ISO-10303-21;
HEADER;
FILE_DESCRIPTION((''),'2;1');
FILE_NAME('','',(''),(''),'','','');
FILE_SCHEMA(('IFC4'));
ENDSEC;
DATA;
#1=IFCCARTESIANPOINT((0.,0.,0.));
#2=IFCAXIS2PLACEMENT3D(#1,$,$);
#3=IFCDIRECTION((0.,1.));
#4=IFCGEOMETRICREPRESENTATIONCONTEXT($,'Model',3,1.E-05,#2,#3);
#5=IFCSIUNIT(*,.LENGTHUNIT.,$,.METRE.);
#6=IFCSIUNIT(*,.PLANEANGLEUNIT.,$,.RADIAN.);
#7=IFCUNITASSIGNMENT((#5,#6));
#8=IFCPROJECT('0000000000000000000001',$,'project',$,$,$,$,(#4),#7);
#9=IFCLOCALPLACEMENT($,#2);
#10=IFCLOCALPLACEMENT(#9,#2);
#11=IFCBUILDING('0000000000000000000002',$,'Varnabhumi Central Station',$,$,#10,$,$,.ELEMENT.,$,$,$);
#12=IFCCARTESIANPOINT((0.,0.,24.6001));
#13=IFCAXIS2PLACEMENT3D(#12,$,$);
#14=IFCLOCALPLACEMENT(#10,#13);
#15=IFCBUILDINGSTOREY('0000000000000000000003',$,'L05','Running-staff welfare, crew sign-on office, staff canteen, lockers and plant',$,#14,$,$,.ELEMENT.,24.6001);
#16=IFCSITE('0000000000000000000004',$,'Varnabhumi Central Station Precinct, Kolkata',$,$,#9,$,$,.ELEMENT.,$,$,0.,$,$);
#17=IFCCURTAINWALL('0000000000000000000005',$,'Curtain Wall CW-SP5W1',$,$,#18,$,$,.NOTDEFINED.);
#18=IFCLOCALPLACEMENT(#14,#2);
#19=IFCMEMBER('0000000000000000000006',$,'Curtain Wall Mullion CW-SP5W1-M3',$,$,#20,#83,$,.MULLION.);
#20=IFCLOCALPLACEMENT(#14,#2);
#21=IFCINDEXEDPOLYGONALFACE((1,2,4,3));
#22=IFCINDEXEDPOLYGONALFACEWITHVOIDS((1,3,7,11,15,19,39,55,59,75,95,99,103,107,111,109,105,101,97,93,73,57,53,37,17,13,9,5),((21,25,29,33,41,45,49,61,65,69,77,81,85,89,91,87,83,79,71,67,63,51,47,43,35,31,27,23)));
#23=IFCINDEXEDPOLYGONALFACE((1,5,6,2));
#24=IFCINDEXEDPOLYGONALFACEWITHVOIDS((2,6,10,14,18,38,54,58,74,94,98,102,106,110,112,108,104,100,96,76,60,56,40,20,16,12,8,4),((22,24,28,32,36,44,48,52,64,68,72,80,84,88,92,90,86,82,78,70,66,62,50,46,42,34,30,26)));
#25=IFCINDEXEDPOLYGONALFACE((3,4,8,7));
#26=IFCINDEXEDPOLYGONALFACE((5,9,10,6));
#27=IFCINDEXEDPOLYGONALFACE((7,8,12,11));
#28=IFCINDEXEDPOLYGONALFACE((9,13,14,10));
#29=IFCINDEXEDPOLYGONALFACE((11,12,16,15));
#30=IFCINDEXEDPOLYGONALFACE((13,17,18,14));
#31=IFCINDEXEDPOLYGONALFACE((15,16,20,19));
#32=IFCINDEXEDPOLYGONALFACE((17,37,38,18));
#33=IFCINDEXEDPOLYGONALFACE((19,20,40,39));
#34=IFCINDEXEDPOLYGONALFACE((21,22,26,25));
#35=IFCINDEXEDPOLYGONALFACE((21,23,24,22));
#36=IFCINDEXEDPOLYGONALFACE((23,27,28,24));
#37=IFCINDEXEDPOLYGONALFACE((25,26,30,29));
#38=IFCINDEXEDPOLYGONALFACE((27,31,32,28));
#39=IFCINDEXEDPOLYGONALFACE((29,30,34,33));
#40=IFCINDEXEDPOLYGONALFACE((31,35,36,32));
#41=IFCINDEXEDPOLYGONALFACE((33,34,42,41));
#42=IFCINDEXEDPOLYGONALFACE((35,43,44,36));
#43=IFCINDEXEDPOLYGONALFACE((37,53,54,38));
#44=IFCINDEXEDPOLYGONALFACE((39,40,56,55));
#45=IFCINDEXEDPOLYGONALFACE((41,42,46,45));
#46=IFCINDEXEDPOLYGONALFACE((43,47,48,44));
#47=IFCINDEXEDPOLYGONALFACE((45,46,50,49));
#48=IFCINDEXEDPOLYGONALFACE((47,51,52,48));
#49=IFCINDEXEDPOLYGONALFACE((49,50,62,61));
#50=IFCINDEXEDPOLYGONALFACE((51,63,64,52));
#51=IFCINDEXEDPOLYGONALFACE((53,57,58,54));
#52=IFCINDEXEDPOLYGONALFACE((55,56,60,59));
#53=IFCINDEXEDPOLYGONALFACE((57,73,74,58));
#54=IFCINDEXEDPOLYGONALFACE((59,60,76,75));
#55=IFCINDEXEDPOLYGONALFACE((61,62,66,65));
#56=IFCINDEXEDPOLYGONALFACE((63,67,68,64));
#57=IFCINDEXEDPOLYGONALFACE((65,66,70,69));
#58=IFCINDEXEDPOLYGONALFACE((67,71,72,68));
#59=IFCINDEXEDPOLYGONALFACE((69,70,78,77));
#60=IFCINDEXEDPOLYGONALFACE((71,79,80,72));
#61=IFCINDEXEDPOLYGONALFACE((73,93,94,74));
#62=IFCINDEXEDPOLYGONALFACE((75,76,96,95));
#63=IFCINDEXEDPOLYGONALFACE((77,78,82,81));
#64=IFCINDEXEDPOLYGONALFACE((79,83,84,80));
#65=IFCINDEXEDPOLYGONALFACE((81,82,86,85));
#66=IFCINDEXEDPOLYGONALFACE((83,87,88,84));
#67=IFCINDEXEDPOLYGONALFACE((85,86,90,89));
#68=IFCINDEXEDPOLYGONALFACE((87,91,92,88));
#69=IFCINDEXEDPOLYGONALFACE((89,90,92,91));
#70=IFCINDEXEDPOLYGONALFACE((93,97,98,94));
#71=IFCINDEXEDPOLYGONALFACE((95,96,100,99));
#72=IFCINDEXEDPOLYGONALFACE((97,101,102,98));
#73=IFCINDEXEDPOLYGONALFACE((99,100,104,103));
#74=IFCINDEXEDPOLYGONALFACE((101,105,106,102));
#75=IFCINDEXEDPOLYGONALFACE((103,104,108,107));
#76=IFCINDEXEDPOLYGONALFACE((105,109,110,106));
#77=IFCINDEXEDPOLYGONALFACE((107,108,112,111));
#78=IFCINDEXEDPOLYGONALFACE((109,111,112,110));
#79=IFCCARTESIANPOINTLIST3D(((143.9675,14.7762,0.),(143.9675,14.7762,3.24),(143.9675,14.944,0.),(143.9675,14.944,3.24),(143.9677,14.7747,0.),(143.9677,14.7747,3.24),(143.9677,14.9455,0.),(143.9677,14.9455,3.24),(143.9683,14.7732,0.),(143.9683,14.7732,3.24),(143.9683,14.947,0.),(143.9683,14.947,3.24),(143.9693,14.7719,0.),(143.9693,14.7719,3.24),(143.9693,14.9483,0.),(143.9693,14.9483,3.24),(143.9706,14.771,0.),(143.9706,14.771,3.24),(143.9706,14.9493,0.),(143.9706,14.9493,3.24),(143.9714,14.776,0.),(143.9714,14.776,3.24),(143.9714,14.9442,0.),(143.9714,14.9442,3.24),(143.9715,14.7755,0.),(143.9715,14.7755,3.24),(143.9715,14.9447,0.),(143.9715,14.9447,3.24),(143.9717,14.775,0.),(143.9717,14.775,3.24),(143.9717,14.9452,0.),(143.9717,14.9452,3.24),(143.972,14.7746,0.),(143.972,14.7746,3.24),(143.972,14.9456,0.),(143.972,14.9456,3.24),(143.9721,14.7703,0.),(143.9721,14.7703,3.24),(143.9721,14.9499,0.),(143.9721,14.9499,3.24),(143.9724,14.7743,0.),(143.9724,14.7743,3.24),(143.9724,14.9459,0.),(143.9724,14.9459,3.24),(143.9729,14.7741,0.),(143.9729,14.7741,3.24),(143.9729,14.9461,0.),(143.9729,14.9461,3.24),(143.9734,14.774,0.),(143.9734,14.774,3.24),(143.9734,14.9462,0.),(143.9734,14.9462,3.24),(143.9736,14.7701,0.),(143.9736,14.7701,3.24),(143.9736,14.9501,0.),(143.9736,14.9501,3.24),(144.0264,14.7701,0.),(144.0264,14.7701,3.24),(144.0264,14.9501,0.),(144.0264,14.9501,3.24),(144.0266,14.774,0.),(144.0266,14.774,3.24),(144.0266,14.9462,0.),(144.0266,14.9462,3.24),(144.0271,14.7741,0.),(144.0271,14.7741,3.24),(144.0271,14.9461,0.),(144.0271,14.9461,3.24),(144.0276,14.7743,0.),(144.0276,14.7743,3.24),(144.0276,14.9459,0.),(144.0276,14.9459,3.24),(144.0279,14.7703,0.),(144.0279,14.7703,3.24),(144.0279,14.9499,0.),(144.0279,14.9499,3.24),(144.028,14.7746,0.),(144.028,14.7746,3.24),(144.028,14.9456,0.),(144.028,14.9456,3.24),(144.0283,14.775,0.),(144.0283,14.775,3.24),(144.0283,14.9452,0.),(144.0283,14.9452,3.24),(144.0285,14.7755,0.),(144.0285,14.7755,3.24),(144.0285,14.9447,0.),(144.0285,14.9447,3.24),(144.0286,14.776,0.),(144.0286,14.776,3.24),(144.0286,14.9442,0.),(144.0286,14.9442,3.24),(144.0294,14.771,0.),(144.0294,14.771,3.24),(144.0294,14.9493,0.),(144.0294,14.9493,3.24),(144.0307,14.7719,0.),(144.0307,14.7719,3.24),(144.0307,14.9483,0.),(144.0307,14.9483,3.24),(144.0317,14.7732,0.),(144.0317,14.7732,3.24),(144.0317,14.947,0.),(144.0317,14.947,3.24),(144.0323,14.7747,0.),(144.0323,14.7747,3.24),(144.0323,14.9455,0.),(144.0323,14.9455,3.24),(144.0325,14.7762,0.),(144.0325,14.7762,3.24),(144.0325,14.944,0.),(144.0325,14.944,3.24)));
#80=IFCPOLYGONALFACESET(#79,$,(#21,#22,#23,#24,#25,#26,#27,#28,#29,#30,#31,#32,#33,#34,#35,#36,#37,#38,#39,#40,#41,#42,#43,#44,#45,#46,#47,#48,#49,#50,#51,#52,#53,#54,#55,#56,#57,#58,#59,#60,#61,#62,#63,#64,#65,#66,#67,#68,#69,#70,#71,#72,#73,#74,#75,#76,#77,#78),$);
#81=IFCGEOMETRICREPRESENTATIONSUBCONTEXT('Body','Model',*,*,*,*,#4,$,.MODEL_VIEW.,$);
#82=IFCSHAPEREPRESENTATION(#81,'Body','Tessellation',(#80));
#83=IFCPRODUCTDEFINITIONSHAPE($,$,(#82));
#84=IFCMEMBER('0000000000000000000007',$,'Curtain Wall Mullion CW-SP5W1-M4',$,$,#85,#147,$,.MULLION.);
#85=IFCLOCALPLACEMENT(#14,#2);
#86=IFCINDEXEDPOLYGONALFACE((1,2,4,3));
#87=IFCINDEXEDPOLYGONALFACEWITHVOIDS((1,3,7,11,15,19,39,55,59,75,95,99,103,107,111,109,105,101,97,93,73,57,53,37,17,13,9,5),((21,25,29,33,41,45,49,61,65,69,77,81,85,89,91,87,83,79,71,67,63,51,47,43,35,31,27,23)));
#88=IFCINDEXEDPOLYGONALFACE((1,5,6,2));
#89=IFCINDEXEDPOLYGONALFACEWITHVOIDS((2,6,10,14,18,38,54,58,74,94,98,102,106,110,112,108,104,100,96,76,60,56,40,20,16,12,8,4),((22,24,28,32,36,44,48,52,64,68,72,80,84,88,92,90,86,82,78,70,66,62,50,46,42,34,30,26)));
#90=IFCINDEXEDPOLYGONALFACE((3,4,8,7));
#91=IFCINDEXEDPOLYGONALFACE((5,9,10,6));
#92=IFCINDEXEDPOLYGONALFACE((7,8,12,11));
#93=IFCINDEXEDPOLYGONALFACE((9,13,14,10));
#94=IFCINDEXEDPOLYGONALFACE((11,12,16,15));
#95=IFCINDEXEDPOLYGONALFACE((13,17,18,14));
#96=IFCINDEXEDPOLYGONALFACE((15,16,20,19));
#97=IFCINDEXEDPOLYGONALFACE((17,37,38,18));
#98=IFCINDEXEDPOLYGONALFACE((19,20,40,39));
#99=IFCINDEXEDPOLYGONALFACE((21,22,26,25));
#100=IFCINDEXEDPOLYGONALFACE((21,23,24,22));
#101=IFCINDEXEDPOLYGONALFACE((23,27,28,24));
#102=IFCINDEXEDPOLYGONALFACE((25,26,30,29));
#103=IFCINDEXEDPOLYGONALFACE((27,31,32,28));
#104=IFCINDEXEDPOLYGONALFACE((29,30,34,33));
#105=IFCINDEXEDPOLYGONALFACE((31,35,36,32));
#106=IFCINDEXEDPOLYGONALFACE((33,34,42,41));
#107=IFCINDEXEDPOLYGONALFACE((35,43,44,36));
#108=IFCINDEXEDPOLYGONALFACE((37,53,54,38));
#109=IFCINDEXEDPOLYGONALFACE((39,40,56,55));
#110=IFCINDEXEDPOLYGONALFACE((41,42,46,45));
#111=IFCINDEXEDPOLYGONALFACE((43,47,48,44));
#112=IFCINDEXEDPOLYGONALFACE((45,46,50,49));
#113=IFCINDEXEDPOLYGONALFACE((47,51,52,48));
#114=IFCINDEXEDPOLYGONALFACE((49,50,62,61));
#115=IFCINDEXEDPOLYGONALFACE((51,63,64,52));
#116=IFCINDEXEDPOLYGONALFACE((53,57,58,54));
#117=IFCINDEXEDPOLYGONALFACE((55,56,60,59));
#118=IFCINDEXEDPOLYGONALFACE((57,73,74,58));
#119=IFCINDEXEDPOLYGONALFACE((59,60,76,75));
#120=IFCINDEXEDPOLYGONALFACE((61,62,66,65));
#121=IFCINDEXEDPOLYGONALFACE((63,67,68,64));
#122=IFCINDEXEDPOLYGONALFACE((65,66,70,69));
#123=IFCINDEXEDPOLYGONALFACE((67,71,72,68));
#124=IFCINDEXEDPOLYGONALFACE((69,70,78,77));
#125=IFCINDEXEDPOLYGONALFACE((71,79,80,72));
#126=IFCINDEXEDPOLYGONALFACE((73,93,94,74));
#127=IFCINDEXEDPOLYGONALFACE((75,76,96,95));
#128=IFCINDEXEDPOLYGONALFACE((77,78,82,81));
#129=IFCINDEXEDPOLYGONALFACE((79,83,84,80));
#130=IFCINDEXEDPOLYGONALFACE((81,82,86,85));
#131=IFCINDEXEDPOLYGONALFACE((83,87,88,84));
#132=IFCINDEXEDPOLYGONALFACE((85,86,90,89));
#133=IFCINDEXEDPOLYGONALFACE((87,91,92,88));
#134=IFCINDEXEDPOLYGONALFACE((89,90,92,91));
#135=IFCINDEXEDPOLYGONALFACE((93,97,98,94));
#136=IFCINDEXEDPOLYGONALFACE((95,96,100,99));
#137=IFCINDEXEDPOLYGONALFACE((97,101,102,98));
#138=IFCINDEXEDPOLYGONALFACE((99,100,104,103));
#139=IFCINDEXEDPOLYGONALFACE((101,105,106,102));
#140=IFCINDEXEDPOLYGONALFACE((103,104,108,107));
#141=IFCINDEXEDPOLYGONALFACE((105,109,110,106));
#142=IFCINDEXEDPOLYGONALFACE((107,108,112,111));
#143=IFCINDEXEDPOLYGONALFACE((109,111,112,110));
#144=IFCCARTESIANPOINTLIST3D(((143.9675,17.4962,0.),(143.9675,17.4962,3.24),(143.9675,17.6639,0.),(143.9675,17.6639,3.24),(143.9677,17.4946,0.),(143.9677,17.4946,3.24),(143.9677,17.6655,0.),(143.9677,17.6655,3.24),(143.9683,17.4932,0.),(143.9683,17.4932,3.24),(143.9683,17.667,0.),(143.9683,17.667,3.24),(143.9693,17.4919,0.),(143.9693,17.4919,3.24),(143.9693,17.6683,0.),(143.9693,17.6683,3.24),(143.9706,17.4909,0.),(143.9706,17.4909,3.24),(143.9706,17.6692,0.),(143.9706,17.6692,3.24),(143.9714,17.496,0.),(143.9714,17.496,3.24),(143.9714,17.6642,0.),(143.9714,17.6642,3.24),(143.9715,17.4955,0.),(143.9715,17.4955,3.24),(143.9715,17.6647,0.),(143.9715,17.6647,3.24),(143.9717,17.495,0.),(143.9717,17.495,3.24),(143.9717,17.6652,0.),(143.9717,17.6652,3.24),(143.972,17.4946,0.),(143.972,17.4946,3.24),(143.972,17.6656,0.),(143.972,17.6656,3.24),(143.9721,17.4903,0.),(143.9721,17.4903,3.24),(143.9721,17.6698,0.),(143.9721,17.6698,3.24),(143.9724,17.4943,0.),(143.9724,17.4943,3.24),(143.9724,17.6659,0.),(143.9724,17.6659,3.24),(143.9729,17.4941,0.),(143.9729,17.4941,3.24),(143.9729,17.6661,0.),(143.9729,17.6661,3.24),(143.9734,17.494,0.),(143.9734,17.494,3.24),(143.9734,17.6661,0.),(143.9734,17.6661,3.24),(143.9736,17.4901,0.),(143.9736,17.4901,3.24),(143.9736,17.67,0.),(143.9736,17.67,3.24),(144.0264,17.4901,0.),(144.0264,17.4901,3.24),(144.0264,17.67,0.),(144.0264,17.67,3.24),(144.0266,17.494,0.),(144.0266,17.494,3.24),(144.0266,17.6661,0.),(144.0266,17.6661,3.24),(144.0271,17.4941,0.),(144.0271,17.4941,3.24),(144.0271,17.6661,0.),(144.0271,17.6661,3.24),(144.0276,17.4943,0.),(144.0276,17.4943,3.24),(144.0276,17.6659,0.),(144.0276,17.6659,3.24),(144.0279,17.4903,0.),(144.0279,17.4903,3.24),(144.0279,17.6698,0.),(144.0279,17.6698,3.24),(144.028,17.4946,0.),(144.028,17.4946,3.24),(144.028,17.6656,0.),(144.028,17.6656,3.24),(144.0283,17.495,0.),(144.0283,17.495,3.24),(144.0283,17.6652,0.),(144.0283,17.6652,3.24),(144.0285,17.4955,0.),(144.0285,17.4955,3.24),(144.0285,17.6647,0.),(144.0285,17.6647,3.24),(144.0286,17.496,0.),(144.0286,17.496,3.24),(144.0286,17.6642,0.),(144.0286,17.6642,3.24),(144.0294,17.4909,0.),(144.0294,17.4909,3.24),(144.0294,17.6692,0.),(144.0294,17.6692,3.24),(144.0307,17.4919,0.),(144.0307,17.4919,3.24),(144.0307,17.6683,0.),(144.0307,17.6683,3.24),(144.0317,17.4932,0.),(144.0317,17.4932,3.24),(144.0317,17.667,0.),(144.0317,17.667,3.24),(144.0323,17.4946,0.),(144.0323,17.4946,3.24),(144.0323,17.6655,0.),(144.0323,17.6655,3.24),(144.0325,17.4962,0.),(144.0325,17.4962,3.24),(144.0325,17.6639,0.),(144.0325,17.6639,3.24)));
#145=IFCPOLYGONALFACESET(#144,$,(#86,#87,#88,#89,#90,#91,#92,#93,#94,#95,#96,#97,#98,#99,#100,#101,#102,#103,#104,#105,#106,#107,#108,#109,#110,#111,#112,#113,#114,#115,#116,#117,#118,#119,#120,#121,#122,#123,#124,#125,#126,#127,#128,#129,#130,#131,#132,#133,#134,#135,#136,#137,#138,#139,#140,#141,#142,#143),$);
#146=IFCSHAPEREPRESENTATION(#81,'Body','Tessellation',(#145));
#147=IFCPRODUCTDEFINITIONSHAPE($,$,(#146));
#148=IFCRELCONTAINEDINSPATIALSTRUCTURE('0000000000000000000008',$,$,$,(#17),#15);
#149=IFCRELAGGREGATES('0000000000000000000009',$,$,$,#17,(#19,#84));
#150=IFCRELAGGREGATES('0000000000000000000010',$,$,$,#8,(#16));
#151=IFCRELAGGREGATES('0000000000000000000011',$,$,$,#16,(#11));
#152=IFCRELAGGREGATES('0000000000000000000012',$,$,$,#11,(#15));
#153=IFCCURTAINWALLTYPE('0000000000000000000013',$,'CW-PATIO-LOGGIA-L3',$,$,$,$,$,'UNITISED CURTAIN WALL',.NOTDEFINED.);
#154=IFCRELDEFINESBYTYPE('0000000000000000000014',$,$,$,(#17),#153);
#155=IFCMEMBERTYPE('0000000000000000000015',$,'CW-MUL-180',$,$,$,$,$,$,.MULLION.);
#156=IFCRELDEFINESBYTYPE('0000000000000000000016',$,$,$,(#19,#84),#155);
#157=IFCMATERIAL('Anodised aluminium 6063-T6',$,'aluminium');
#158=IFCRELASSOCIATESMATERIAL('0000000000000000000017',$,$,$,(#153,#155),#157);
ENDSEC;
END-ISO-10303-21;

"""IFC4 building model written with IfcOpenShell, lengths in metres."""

from ifc_helpers import new_model, si_unit, direction, frame, origin, origin_2d, place, context, subcontext, project, spatial, hollow_rectangle, extrude, material, material_profile, profile_set, type_object, element, aggregate, save


model = new_model("IFC4")

# Units and contexts
model_context = context("Model", 3, precision=1e-05, world=origin(), true_north=direction((0.0, 1.0)))
body_context = subcontext(model_context, "Body", "Model", "MODEL_VIEW")
ifc_project = project(units=[si_unit("LENGTHUNIT", "METRE"), si_unit("PLANEANGLEUNIT", "RADIAN")], contexts=[model_context])

# Site, building, storey
site_placement = place(None, origin())
site = spatial("IfcSite", under=ifc_project, at=site_placement, Name="Varnabhumi Central Station Precinct, Kolkata", CompositionType="ELEMENT", RefElevation=0.0)
building_placement = place(site_placement, origin())
building = spatial("IfcBuilding", under=site, at=building_placement, Name="Varnabhumi Central Station", CompositionType="ELEMENT")
storey_placement = place(building_placement, frame((0.0, 0.0, 24.6001)))
storey = spatial("IfcBuildingStorey", under=building, at=storey_placement, Name="L05", Description="Running-staff welfare, crew sign-on office, staff canteen, lockers and plant", CompositionType="ELEMENT", Elevation=24.6001)

# Curtain wall, members
ifc_material_1 = material(Name="Anodised aluminium 6063-T6", Category="aluminium")
curtain_wall_type = type_object("IfcCurtainWallType", Name="CW-PATIO-LOGGIA-L3", ElementType="UNITISED CURTAIN WALL", PredefinedType="NOTDEFINED", material=ifc_material_1)
curtain_wall_1_placement = place(storey_placement, origin())
curtain_wall_1 = element("IfcCurtainWall", 1, at=curtain_wall_1_placement, inside=storey, type_object=curtain_wall_type, Name="Curtain Wall CW-SP5W1", PredefinedType="NOTDEFINED")
ifc_material_profile_1 = material_profile(ifc_material_1, hollow_rectangle(XDim=0.0649, YDim=0.1799, WallThickness=0.0039, InnerFilletRadius=0.002, OuterFilletRadius=0.0061, at=origin_2d()), Name="Anodised aluminium 6063-T6", Category="aluminium")
ifc_profile_set_1 = profile_set([ifc_material_profile_1], Name="Anodised aluminium 6063-T6")
member_type_1 = type_object("IfcMemberType", Name="CW-MUL-180", PredefinedType="MULLION", material=ifc_profile_set_1)
member_1_placement = place(storey_placement, frame((144.0, 14.8601, 0.0), z_axis=(0.0, 0.0, 1.0), x_axis=(1.0, 0.0, 0.0)))
member_1 = element("IfcMember", 2, at=member_1_placement, type_object=member_type_1, Name="Curtain Wall Mullion CW-SP5W1-M3", PredefinedType="MULLION", context=body_context, shape_type="SweptSolid", body=[
    extrude(hollow_rectangle(XDim=0.0649, YDim=0.1799, WallThickness=0.0039, InnerFilletRadius=0.002, OuterFilletRadius=0.0061, at=origin_2d()), origin(), (0.0, 0.0, 1.0), 3.24),
])
member_2_placement = place(storey_placement, frame((144.0, 17.5801, 0.0), z_axis=(0.0, 0.0, 1.0), x_axis=(1.0, 0.0, 0.0)))
member_2 = element("IfcMember", 3, at=member_2_placement, type_object=member_type_1, Name="Curtain Wall Mullion CW-SP5W1-M4", PredefinedType="MULLION", context=body_context, shape_type="SweptSolid", body=[
    extrude(hollow_rectangle(XDim=0.0649, YDim=0.1799, WallThickness=0.0039, InnerFilletRadius=0.002, OuterFilletRadius=0.0061, at=origin_2d()), origin(), (0.0, 0.0, 1.0), 3.24),
])

aggregate(curtain_wall_1, [member_1, member_2])

save(model, "model.ifc")
